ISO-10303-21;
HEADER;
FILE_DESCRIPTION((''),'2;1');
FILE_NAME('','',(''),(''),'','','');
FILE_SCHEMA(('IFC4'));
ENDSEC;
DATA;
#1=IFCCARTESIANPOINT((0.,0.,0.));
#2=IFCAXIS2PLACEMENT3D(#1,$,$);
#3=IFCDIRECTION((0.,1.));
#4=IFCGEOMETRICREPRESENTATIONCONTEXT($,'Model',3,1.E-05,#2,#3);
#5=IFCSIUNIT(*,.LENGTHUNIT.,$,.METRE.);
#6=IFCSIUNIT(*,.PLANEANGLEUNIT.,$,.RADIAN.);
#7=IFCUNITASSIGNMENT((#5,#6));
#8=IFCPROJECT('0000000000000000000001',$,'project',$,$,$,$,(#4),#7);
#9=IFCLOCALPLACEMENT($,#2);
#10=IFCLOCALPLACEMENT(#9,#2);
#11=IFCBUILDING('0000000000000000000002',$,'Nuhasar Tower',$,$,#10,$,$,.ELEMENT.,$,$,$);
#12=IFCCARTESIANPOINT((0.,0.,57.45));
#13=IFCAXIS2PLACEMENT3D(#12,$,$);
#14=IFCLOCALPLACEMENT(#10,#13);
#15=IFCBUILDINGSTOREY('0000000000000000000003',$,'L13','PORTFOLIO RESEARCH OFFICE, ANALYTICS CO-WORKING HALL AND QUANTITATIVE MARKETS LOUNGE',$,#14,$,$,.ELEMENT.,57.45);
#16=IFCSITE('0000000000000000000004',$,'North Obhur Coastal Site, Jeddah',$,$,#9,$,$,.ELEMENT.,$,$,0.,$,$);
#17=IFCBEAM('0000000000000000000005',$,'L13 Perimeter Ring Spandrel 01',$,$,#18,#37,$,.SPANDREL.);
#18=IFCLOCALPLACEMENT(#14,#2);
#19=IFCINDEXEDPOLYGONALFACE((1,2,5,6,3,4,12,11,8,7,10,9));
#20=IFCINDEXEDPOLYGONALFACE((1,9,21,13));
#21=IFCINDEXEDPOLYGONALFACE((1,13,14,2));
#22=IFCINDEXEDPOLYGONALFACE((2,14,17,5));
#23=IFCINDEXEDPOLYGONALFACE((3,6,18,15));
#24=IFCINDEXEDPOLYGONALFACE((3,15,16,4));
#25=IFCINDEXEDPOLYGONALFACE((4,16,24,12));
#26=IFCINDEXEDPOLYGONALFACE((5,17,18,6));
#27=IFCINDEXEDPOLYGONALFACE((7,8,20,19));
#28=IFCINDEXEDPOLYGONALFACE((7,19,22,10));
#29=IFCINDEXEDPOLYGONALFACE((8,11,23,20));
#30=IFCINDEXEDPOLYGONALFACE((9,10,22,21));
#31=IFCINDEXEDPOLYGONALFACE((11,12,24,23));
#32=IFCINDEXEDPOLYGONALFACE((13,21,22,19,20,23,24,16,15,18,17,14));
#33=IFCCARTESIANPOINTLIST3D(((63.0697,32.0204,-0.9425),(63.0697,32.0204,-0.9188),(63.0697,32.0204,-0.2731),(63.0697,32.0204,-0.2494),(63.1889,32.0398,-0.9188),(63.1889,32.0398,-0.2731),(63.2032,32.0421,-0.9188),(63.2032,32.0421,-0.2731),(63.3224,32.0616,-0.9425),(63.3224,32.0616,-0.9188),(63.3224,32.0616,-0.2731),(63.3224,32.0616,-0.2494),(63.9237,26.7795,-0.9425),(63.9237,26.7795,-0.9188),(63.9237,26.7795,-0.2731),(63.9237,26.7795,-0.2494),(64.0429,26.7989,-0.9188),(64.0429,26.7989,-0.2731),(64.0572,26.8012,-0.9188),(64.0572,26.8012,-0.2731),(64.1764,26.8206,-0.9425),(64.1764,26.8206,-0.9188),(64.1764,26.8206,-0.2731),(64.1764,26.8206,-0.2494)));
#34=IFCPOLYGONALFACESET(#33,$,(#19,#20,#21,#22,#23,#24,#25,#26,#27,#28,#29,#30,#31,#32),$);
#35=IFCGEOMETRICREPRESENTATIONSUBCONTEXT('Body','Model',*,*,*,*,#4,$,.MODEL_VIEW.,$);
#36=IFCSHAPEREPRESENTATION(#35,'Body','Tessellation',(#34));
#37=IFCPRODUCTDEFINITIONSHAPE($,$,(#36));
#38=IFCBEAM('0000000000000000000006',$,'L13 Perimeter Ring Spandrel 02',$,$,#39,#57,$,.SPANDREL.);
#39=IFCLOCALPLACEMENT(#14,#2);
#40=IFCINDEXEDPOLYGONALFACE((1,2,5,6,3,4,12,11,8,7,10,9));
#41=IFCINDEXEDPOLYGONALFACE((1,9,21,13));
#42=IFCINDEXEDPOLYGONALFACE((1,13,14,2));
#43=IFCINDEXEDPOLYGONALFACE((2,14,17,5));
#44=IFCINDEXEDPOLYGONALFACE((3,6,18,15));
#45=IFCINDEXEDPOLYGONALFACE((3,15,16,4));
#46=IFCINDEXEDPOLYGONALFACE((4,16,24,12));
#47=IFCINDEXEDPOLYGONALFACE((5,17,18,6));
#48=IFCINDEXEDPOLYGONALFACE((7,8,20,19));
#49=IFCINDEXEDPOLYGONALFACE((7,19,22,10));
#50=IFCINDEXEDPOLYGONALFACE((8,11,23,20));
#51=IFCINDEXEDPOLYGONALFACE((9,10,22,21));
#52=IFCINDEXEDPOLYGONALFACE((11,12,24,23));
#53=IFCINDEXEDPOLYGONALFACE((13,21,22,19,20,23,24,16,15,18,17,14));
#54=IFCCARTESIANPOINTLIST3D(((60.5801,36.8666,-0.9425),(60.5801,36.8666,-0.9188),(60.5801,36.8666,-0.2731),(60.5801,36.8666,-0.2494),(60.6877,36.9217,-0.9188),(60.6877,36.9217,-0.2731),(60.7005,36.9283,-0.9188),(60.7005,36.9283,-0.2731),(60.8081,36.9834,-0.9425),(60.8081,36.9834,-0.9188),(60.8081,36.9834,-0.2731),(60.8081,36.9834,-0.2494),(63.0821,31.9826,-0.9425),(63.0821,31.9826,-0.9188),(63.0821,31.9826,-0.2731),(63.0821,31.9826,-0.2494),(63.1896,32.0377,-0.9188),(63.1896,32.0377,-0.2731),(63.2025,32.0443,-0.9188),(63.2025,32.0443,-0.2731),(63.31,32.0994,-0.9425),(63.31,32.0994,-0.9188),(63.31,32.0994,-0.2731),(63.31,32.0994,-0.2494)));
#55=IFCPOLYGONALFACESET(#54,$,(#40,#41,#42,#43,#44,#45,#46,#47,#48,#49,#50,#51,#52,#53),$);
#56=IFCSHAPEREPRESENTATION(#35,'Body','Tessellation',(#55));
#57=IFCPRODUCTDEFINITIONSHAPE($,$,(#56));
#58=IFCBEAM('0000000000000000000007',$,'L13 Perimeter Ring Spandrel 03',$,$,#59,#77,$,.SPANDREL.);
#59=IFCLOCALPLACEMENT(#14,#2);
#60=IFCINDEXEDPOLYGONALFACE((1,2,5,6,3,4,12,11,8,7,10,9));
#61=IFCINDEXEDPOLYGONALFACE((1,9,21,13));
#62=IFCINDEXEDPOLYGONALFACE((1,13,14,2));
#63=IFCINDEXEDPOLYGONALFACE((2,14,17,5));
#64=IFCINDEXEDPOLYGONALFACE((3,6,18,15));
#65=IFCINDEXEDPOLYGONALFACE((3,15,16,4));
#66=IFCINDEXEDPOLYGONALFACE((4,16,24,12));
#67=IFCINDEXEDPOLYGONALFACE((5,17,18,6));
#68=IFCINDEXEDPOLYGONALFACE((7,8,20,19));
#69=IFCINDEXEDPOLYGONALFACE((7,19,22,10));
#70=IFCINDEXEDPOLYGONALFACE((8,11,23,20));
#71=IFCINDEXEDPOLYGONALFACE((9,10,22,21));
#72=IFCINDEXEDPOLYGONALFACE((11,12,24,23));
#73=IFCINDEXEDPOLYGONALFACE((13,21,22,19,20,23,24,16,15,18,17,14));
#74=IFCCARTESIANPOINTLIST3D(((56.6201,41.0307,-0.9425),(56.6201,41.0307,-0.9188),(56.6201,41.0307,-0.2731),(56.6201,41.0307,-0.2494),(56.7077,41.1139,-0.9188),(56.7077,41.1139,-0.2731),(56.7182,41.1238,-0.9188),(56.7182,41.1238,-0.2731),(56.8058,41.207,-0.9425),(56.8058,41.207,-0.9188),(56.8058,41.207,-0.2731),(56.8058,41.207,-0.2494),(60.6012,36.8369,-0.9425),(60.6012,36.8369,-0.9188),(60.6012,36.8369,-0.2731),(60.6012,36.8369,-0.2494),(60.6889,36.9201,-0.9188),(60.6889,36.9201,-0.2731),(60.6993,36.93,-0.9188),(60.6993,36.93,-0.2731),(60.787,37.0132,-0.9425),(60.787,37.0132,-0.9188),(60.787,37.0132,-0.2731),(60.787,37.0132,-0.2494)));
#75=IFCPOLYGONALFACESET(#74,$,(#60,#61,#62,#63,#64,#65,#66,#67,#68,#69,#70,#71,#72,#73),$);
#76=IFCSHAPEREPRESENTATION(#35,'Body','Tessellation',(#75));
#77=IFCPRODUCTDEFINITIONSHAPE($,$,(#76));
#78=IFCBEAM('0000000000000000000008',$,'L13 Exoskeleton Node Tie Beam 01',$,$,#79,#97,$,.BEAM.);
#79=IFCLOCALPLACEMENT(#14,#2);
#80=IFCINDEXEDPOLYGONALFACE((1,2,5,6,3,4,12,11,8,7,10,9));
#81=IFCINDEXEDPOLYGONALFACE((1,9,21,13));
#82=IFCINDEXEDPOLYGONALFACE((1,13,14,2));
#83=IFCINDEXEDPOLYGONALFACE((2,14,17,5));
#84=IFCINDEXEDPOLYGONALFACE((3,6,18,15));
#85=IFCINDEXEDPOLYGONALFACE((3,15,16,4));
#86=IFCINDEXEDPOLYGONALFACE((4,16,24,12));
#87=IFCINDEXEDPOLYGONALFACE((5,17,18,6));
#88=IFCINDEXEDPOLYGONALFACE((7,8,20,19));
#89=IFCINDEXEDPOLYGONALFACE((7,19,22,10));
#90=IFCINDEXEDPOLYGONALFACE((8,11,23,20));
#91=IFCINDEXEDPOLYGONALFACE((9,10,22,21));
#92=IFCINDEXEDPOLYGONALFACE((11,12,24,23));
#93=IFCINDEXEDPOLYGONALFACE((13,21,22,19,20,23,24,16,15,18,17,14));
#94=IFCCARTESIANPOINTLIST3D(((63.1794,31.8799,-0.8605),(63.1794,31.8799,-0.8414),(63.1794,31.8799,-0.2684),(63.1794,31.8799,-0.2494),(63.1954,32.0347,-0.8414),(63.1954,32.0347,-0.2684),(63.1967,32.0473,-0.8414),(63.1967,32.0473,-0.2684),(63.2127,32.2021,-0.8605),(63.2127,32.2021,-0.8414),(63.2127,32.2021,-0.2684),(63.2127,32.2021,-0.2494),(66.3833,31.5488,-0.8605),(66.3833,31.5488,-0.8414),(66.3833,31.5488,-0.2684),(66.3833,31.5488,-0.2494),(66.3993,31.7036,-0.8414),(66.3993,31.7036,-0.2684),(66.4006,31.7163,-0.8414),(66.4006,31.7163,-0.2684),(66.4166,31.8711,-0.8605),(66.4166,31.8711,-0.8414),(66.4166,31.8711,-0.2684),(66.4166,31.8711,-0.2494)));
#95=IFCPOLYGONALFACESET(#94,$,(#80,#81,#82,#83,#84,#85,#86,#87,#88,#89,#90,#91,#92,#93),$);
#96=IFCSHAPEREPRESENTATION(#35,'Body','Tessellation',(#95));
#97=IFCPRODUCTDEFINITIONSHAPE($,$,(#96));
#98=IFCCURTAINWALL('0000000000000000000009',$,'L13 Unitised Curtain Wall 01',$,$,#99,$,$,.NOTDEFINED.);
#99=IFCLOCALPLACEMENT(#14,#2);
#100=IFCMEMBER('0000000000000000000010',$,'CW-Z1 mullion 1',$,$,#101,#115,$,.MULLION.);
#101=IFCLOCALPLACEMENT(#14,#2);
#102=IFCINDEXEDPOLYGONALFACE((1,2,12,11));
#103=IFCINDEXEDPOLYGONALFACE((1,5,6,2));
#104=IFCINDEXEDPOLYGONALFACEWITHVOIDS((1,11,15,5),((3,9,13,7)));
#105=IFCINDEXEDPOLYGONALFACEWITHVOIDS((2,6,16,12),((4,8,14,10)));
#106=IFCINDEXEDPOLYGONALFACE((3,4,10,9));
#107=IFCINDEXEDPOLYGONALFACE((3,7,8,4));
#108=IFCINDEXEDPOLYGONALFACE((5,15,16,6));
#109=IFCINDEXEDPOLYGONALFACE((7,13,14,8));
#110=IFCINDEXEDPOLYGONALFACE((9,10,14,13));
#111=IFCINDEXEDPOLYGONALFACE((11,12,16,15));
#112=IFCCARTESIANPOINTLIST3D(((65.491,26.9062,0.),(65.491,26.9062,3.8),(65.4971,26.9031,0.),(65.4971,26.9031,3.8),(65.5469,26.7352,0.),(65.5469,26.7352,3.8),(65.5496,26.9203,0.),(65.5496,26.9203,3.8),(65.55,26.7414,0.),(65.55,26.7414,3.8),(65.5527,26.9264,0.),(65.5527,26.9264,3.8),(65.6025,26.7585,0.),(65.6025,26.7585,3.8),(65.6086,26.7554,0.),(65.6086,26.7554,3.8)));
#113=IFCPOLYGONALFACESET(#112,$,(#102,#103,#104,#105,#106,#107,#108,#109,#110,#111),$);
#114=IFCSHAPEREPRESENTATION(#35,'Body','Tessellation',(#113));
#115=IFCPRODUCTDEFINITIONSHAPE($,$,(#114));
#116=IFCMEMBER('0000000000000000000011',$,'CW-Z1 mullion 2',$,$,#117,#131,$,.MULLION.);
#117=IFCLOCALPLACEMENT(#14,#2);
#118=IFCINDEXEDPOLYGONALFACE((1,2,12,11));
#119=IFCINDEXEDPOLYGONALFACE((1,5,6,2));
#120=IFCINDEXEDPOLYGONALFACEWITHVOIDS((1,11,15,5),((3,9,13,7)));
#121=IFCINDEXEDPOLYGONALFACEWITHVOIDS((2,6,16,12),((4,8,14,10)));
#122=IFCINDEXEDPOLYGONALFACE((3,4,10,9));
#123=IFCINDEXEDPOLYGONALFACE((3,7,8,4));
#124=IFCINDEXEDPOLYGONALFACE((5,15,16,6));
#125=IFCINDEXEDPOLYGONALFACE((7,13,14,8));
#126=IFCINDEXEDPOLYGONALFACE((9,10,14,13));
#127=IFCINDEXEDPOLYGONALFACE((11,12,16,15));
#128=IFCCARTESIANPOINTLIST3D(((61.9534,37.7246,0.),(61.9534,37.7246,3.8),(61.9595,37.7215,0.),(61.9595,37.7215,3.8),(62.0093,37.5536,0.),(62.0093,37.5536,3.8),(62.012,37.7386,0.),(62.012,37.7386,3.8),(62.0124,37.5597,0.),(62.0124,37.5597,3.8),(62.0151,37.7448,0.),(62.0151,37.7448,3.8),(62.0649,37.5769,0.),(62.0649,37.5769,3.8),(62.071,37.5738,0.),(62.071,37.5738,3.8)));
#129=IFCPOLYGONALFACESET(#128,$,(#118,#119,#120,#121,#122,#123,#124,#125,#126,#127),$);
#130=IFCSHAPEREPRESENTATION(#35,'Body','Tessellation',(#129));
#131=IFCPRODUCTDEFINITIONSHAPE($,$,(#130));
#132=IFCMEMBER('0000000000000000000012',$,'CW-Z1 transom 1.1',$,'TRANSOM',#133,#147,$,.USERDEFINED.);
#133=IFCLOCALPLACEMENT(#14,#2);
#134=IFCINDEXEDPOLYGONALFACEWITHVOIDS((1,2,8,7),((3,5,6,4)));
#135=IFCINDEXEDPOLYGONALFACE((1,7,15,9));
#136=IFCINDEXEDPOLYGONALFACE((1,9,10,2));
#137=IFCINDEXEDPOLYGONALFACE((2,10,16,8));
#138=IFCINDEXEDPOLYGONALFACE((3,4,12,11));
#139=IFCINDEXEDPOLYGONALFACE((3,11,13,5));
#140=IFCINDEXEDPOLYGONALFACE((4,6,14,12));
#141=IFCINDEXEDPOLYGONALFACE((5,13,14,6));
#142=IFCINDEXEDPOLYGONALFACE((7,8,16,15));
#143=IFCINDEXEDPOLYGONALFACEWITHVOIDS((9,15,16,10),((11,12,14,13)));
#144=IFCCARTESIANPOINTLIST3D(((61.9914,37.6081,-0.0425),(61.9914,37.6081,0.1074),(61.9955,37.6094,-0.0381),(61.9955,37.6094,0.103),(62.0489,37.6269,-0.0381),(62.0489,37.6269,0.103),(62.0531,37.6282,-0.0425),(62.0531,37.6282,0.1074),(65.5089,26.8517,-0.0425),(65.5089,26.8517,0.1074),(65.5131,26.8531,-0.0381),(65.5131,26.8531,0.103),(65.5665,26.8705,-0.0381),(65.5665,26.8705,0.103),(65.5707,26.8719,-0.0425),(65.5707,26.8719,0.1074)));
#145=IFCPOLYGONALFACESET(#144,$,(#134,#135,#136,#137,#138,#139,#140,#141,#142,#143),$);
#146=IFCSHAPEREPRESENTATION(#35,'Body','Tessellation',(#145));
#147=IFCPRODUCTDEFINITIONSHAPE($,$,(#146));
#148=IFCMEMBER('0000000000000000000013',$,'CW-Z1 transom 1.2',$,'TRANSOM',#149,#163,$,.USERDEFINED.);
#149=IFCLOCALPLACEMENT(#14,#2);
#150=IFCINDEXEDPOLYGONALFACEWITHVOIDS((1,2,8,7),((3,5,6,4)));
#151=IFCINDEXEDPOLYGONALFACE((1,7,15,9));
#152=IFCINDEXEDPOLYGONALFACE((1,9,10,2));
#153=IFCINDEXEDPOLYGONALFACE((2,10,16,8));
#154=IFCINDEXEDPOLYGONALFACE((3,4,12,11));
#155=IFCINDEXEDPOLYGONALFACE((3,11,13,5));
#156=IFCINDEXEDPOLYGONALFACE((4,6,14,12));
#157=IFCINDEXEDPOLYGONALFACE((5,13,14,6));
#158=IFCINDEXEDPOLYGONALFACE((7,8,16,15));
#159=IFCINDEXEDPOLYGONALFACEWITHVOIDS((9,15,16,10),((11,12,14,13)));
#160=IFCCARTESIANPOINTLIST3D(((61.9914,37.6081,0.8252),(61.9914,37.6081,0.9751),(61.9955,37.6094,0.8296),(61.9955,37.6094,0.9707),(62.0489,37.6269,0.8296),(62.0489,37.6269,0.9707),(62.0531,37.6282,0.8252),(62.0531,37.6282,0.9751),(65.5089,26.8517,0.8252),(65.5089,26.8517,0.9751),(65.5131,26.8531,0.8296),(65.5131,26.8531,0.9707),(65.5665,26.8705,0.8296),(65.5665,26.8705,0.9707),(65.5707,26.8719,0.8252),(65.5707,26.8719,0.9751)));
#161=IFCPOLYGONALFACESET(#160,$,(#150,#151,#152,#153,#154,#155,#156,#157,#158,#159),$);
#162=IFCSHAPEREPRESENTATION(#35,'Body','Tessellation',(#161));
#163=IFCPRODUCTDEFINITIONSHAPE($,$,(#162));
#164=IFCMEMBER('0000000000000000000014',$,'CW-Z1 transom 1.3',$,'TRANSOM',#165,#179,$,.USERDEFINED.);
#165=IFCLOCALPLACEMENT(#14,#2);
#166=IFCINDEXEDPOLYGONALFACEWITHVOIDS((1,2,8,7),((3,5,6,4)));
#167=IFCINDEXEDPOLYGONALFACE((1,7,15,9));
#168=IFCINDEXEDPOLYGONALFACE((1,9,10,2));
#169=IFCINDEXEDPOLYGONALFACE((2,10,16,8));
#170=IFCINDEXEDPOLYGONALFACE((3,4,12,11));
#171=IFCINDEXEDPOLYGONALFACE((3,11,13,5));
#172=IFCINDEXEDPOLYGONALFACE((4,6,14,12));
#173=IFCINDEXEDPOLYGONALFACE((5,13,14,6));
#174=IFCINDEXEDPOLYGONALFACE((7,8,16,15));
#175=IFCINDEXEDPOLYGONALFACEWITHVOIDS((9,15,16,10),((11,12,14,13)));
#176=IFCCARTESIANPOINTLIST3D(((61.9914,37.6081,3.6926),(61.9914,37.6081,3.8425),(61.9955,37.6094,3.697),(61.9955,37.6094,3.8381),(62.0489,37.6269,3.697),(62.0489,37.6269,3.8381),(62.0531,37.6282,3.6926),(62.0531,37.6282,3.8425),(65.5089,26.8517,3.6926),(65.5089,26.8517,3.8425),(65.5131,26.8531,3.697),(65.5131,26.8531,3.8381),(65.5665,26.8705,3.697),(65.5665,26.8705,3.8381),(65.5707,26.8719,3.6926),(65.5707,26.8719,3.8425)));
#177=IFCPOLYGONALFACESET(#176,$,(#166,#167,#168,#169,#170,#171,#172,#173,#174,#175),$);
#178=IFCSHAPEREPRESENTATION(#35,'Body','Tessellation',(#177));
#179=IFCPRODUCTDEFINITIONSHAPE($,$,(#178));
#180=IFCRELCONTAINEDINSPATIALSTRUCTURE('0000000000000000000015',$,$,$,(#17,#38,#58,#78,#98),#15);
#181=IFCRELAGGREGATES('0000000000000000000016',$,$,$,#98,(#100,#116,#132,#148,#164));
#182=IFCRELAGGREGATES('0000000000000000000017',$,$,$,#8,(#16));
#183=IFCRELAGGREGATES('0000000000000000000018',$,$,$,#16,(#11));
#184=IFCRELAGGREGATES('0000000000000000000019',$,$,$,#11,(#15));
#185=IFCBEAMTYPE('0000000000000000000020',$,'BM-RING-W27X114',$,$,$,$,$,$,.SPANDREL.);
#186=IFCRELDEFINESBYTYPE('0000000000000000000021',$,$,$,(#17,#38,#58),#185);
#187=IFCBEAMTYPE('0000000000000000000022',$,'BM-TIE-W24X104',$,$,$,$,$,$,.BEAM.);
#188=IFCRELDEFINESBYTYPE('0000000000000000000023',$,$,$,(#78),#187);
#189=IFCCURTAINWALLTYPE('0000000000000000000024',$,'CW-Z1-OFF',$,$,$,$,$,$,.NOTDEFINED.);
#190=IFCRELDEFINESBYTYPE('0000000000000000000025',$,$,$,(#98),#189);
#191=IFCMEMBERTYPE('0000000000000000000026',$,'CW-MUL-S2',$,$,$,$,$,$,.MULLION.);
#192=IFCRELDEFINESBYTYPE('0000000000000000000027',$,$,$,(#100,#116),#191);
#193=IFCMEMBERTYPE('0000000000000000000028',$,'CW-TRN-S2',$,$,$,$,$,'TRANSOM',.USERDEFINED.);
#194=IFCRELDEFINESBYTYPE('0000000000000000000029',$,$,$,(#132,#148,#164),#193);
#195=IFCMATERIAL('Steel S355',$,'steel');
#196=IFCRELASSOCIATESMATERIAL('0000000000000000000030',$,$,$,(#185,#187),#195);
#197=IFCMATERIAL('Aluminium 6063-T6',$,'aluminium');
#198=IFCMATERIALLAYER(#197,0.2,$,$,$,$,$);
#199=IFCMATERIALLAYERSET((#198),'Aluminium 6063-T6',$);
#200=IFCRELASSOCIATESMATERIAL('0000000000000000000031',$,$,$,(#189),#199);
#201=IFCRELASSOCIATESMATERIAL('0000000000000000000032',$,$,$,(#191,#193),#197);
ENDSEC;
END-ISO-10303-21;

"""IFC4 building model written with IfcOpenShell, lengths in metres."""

from ifc_helpers import new_model, si_unit, direction, frame, origin, origin_2d, place, context, subcontext, project, spatial, hollow_rectangle, i_section, extrude, material, layer, layer_set, material_profile, profile_set, type_object, element, aggregate, save


model = new_model("IFC4")

# Units and contexts
model_context = context("Model", 3, precision=1e-05, world=origin(), true_north=direction((0.0, 1.0)))
body_context = subcontext(model_context, "Body", "Model", "MODEL_VIEW")
ifc_project = project(units=[si_unit("LENGTHUNIT", "METRE"), si_unit("PLANEANGLEUNIT", "RADIAN")], contexts=[model_context])

# Site, building, storey
site_placement = place(None, origin())
site = spatial("IfcSite", under=ifc_project, at=site_placement, Name="North Obhur Coastal Site, Jeddah", CompositionType="ELEMENT", RefElevation=0.0)
building_placement = place(site_placement, origin())
building = spatial("IfcBuilding", under=site, at=building_placement, Name="Nuhasar Tower", CompositionType="ELEMENT")
storey_placement = place(building_placement, frame((0.0, 0.0, 57.45)))
storey = spatial("IfcBuildingStorey", under=building, at=storey_placement, Name="L13", Description="PORTFOLIO RESEARCH OFFICE, ANALYTICS CO-WORKING HALL AND QUANTITATIVE MARKETS LOUNGE", CompositionType="ELEMENT", Elevation=57.45)

# Beams
ifc_material_1 = material(Name="Steel S355", Category="steel")
ifc_material_profile_1 = material_profile(ifc_material_1, i_section(OverallWidth=0.2561, OverallDepth=0.6931, WebThickness=0.0144, FlangeThickness=0.0237, at=origin_2d()), Name="W27X114")
ifc_profile_set_1 = profile_set([ifc_material_profile_1], Name="Steel S355")
beam_type_1 = type_object("IfcBeamType", Name="BM-RING-W27X114", PredefinedType="SPANDREL", material=ifc_profile_set_1)
beam_1_placement = place(storey_placement, frame((64.05, 26.8, -0.5959), z_axis=(-0.160827, 0.986983, 0.0), x_axis=(-0.986983, -0.160827, 0.0)))
element("IfcBeam", 1, at=beam_1_placement, inside=storey, type_object=beam_type_1, Name="L13 Perimeter Ring Spandrel 01", PredefinedType="SPANDREL", context=body_context, shape_type="SweptSolid", body=[
    extrude(i_section(OverallWidth=0.2561, OverallDepth=0.6931, WebThickness=0.0144, FlangeThickness=0.0237, at=origin_2d()), origin(), (0.0, 0.0, 1.0), 5.3101),
])
beam_2_placement = place(storey_placement, frame((63.196, 32.041, -0.5959), z_axis=(-0.45593, 0.890016, 0.0), x_axis=(-0.890016, -0.45593, 0.0)))
element("IfcBeam", 2, at=beam_2_placement, inside=storey, type_object=beam_type_1, Name="L13 Perimeter Ring Spandrel 02", PredefinedType="SPANDREL", context=body_context, shape_type="SweptSolid", body=[
    extrude(i_section(OverallWidth=0.2561, OverallDepth=0.6931, WebThickness=0.0144, FlangeThickness=0.0237, at=origin_2d()), origin(), (0.0, 0.0, 1.0), 5.4875),
])
beam_3_placement = place(storey_placement, frame((60.6941, 36.925, -0.5959), z_axis=(-0.688481, 0.725254, 0.0), x_axis=(-0.725254, -0.688481, 0.0)))
element("IfcBeam", 3, at=beam_3_placement, inside=storey, type_object=beam_type_1, Name="L13 Perimeter Ring Spandrel 03", PredefinedType="SPANDREL", context=body_context, shape_type="SweptSolid", body=[
    extrude(i_section(OverallWidth=0.2561, OverallDepth=0.6931, WebThickness=0.0144, FlangeThickness=0.0237, at=origin_2d()), origin(), (0.0, 0.0, 1.0), 5.7825),
])
ifc_material_profile_2 = material_profile(ifc_material_1, i_section(OverallWidth=0.324, OverallDepth=0.6111, WebThickness=0.0127, FlangeThickness=0.019, at=origin_2d()), Name="W24X104")
ifc_profile_set_2 = profile_set([ifc_material_profile_2], Name="Steel S355")
beam_type_2 = type_object("IfcBeamType", Name="BM-TIE-W24X104", PredefinedType="BEAM", material=ifc_profile_set_2)
beam_4_placement = place(storey_placement, frame((63.196, 32.041, -0.5549), z_axis=(0.994704, -0.102783, 0.0), x_axis=(0.102783, 0.994704, 0.0)))
element("IfcBeam", 4, at=beam_4_placement, inside=storey, type_object=beam_type_2, Name="L13 Exoskeleton Node Tie Beam 01", PredefinedType="BEAM", context=body_context, shape_type="SweptSolid", body=[
    extrude(i_section(OverallWidth=0.324, OverallDepth=0.6111, WebThickness=0.0127, FlangeThickness=0.019, at=origin_2d()), origin(), (0.0, 0.0, 1.0), 3.2209),
])

# Curtain wall, members
ifc_material_2 = material(Name="Aluminium 6063-T6", Category="aluminium")
ifc_layer_1 = layer(ifc_material_2, 0.2)
ifc_layer_set_1 = layer_set([ifc_layer_1], Name="Aluminium 6063-T6")
curtain_wall_type = type_object("IfcCurtainWallType", Name="CW-Z1-OFF", PredefinedType="NOTDEFINED", material=ifc_layer_set_1)
curtain_wall_placement = place(storey_placement, origin())
curtain_wall = element("IfcCurtainWall", 5, at=curtain_wall_placement, inside=storey, type_object=curtain_wall_type, Name="L13 Unitised Curtain Wall 01", PredefinedType="NOTDEFINED")
ifc_material_profile_3 = material_profile(ifc_material_2, hollow_rectangle(XDim=0.0649, YDim=0.1799, WallThickness=0.0049, at=origin_2d()), Name="CWM-2")
ifc_profile_set_3 = profile_set([ifc_material_profile_3], Name="Aluminium 6063-T6")
member_type_1 = type_object("IfcMemberType", Name="CW-MUL-S2", PredefinedType="MULLION", material=ifc_profile_set_3)
member_1_placement = place(storey_placement, frame((65.5498, 26.8308, 0.0), z_axis=(0.0, 0.0, 1.0), x_axis=(-0.950468, -0.310824, 0.0)))
member_1 = element("IfcMember", 6, at=member_1_placement, type_object=member_type_1, Name="CW-Z1 mullion 1", PredefinedType="MULLION", context=body_context, shape_type="SweptSolid", body=[
    extrude(hollow_rectangle(XDim=0.0649, YDim=0.1799, WallThickness=0.0049, at=origin_2d()), origin(), (0.0, 0.0, 1.0), 3.8),
])
member_2_placement = place(storey_placement, frame((62.0122, 37.6492, 0.0), z_axis=(0.0, 0.0, 1.0), x_axis=(-0.950468, -0.310824, 0.0)))
member_2 = element("IfcMember", 7, at=member_2_placement, type_object=member_type_1, Name="CW-Z1 mullion 2", PredefinedType="MULLION", context=body_context, shape_type="SweptSolid", body=[
    extrude(hollow_rectangle(XDim=0.0649, YDim=0.1799, WallThickness=0.0049, at=origin_2d()), origin(), (0.0, 0.0, 1.0), 3.8),
])
ifc_material_profile_4 = material_profile(ifc_material_2, hollow_rectangle(XDim=0.0649, YDim=0.1499, WallThickness=0.0044, at=origin_2d()), Name="CWT-2")
ifc_profile_set_4 = profile_set([ifc_material_profile_4], Name="Aluminium 6063-T6")
member_type_2 = type_object("IfcMemberType", Name="CW-TRN-S2", ElementType="TRANSOM", PredefinedType="USERDEFINED", material=ifc_profile_set_4)
member_3_placement = place(storey_placement, frame((65.5398, 26.8618, 0.0325), z_axis=(-0.310825, 0.950467, 0.0), x_axis=(-0.950467, -0.310825, 0.0)))
member_3 = element("IfcMember", 8, at=member_3_placement, type_object=member_type_2, Name="CW-Z1 transom 1.1", ObjectType="TRANSOM", PredefinedType="USERDEFINED", context=body_context, shape_type="SweptSolid", body=[
    extrude(hollow_rectangle(XDim=0.0649, YDim=0.1499, WallThickness=0.0044, at=origin_2d()), origin(), (0.0, 0.0, 1.0), 11.3169),
])
member_4_placement = place(storey_placement, frame((65.5398, 26.8618, 0.9001), z_axis=(-0.310825, 0.950467, 0.0), x_axis=(-0.950467, -0.310825, 0.0)))
member_4 = element("IfcMember", 9, at=member_4_placement, type_object=member_type_2, Name="CW-Z1 transom 1.2", ObjectType="TRANSOM", PredefinedType="USERDEFINED", context=body_context, shape_type="SweptSolid", body=[
    extrude(hollow_rectangle(XDim=0.0649, YDim=0.1499, WallThickness=0.0044, at=origin_2d()), origin(), (0.0, 0.0, 1.0), 11.3169),
])
member_5_placement = place(storey_placement, frame((65.5398, 26.8618, 3.7676), z_axis=(-0.310825, 0.950467, 0.0), x_axis=(-0.950467, -0.310825, 0.0)))
member_5 = element("IfcMember", 10, at=member_5_placement, type_object=member_type_2, Name="CW-Z1 transom 1.3", ObjectType="TRANSOM", PredefinedType="USERDEFINED", context=body_context, shape_type="SweptSolid", body=[
    extrude(hollow_rectangle(XDim=0.0649, YDim=0.1499, WallThickness=0.0044, at=origin_2d()), origin(), (0.0, 0.0, 1.0), 11.3169),
])

aggregate(curtain_wall, [member_1, member_2, member_3, member_4, member_5])

save(model, "model.ifc")
